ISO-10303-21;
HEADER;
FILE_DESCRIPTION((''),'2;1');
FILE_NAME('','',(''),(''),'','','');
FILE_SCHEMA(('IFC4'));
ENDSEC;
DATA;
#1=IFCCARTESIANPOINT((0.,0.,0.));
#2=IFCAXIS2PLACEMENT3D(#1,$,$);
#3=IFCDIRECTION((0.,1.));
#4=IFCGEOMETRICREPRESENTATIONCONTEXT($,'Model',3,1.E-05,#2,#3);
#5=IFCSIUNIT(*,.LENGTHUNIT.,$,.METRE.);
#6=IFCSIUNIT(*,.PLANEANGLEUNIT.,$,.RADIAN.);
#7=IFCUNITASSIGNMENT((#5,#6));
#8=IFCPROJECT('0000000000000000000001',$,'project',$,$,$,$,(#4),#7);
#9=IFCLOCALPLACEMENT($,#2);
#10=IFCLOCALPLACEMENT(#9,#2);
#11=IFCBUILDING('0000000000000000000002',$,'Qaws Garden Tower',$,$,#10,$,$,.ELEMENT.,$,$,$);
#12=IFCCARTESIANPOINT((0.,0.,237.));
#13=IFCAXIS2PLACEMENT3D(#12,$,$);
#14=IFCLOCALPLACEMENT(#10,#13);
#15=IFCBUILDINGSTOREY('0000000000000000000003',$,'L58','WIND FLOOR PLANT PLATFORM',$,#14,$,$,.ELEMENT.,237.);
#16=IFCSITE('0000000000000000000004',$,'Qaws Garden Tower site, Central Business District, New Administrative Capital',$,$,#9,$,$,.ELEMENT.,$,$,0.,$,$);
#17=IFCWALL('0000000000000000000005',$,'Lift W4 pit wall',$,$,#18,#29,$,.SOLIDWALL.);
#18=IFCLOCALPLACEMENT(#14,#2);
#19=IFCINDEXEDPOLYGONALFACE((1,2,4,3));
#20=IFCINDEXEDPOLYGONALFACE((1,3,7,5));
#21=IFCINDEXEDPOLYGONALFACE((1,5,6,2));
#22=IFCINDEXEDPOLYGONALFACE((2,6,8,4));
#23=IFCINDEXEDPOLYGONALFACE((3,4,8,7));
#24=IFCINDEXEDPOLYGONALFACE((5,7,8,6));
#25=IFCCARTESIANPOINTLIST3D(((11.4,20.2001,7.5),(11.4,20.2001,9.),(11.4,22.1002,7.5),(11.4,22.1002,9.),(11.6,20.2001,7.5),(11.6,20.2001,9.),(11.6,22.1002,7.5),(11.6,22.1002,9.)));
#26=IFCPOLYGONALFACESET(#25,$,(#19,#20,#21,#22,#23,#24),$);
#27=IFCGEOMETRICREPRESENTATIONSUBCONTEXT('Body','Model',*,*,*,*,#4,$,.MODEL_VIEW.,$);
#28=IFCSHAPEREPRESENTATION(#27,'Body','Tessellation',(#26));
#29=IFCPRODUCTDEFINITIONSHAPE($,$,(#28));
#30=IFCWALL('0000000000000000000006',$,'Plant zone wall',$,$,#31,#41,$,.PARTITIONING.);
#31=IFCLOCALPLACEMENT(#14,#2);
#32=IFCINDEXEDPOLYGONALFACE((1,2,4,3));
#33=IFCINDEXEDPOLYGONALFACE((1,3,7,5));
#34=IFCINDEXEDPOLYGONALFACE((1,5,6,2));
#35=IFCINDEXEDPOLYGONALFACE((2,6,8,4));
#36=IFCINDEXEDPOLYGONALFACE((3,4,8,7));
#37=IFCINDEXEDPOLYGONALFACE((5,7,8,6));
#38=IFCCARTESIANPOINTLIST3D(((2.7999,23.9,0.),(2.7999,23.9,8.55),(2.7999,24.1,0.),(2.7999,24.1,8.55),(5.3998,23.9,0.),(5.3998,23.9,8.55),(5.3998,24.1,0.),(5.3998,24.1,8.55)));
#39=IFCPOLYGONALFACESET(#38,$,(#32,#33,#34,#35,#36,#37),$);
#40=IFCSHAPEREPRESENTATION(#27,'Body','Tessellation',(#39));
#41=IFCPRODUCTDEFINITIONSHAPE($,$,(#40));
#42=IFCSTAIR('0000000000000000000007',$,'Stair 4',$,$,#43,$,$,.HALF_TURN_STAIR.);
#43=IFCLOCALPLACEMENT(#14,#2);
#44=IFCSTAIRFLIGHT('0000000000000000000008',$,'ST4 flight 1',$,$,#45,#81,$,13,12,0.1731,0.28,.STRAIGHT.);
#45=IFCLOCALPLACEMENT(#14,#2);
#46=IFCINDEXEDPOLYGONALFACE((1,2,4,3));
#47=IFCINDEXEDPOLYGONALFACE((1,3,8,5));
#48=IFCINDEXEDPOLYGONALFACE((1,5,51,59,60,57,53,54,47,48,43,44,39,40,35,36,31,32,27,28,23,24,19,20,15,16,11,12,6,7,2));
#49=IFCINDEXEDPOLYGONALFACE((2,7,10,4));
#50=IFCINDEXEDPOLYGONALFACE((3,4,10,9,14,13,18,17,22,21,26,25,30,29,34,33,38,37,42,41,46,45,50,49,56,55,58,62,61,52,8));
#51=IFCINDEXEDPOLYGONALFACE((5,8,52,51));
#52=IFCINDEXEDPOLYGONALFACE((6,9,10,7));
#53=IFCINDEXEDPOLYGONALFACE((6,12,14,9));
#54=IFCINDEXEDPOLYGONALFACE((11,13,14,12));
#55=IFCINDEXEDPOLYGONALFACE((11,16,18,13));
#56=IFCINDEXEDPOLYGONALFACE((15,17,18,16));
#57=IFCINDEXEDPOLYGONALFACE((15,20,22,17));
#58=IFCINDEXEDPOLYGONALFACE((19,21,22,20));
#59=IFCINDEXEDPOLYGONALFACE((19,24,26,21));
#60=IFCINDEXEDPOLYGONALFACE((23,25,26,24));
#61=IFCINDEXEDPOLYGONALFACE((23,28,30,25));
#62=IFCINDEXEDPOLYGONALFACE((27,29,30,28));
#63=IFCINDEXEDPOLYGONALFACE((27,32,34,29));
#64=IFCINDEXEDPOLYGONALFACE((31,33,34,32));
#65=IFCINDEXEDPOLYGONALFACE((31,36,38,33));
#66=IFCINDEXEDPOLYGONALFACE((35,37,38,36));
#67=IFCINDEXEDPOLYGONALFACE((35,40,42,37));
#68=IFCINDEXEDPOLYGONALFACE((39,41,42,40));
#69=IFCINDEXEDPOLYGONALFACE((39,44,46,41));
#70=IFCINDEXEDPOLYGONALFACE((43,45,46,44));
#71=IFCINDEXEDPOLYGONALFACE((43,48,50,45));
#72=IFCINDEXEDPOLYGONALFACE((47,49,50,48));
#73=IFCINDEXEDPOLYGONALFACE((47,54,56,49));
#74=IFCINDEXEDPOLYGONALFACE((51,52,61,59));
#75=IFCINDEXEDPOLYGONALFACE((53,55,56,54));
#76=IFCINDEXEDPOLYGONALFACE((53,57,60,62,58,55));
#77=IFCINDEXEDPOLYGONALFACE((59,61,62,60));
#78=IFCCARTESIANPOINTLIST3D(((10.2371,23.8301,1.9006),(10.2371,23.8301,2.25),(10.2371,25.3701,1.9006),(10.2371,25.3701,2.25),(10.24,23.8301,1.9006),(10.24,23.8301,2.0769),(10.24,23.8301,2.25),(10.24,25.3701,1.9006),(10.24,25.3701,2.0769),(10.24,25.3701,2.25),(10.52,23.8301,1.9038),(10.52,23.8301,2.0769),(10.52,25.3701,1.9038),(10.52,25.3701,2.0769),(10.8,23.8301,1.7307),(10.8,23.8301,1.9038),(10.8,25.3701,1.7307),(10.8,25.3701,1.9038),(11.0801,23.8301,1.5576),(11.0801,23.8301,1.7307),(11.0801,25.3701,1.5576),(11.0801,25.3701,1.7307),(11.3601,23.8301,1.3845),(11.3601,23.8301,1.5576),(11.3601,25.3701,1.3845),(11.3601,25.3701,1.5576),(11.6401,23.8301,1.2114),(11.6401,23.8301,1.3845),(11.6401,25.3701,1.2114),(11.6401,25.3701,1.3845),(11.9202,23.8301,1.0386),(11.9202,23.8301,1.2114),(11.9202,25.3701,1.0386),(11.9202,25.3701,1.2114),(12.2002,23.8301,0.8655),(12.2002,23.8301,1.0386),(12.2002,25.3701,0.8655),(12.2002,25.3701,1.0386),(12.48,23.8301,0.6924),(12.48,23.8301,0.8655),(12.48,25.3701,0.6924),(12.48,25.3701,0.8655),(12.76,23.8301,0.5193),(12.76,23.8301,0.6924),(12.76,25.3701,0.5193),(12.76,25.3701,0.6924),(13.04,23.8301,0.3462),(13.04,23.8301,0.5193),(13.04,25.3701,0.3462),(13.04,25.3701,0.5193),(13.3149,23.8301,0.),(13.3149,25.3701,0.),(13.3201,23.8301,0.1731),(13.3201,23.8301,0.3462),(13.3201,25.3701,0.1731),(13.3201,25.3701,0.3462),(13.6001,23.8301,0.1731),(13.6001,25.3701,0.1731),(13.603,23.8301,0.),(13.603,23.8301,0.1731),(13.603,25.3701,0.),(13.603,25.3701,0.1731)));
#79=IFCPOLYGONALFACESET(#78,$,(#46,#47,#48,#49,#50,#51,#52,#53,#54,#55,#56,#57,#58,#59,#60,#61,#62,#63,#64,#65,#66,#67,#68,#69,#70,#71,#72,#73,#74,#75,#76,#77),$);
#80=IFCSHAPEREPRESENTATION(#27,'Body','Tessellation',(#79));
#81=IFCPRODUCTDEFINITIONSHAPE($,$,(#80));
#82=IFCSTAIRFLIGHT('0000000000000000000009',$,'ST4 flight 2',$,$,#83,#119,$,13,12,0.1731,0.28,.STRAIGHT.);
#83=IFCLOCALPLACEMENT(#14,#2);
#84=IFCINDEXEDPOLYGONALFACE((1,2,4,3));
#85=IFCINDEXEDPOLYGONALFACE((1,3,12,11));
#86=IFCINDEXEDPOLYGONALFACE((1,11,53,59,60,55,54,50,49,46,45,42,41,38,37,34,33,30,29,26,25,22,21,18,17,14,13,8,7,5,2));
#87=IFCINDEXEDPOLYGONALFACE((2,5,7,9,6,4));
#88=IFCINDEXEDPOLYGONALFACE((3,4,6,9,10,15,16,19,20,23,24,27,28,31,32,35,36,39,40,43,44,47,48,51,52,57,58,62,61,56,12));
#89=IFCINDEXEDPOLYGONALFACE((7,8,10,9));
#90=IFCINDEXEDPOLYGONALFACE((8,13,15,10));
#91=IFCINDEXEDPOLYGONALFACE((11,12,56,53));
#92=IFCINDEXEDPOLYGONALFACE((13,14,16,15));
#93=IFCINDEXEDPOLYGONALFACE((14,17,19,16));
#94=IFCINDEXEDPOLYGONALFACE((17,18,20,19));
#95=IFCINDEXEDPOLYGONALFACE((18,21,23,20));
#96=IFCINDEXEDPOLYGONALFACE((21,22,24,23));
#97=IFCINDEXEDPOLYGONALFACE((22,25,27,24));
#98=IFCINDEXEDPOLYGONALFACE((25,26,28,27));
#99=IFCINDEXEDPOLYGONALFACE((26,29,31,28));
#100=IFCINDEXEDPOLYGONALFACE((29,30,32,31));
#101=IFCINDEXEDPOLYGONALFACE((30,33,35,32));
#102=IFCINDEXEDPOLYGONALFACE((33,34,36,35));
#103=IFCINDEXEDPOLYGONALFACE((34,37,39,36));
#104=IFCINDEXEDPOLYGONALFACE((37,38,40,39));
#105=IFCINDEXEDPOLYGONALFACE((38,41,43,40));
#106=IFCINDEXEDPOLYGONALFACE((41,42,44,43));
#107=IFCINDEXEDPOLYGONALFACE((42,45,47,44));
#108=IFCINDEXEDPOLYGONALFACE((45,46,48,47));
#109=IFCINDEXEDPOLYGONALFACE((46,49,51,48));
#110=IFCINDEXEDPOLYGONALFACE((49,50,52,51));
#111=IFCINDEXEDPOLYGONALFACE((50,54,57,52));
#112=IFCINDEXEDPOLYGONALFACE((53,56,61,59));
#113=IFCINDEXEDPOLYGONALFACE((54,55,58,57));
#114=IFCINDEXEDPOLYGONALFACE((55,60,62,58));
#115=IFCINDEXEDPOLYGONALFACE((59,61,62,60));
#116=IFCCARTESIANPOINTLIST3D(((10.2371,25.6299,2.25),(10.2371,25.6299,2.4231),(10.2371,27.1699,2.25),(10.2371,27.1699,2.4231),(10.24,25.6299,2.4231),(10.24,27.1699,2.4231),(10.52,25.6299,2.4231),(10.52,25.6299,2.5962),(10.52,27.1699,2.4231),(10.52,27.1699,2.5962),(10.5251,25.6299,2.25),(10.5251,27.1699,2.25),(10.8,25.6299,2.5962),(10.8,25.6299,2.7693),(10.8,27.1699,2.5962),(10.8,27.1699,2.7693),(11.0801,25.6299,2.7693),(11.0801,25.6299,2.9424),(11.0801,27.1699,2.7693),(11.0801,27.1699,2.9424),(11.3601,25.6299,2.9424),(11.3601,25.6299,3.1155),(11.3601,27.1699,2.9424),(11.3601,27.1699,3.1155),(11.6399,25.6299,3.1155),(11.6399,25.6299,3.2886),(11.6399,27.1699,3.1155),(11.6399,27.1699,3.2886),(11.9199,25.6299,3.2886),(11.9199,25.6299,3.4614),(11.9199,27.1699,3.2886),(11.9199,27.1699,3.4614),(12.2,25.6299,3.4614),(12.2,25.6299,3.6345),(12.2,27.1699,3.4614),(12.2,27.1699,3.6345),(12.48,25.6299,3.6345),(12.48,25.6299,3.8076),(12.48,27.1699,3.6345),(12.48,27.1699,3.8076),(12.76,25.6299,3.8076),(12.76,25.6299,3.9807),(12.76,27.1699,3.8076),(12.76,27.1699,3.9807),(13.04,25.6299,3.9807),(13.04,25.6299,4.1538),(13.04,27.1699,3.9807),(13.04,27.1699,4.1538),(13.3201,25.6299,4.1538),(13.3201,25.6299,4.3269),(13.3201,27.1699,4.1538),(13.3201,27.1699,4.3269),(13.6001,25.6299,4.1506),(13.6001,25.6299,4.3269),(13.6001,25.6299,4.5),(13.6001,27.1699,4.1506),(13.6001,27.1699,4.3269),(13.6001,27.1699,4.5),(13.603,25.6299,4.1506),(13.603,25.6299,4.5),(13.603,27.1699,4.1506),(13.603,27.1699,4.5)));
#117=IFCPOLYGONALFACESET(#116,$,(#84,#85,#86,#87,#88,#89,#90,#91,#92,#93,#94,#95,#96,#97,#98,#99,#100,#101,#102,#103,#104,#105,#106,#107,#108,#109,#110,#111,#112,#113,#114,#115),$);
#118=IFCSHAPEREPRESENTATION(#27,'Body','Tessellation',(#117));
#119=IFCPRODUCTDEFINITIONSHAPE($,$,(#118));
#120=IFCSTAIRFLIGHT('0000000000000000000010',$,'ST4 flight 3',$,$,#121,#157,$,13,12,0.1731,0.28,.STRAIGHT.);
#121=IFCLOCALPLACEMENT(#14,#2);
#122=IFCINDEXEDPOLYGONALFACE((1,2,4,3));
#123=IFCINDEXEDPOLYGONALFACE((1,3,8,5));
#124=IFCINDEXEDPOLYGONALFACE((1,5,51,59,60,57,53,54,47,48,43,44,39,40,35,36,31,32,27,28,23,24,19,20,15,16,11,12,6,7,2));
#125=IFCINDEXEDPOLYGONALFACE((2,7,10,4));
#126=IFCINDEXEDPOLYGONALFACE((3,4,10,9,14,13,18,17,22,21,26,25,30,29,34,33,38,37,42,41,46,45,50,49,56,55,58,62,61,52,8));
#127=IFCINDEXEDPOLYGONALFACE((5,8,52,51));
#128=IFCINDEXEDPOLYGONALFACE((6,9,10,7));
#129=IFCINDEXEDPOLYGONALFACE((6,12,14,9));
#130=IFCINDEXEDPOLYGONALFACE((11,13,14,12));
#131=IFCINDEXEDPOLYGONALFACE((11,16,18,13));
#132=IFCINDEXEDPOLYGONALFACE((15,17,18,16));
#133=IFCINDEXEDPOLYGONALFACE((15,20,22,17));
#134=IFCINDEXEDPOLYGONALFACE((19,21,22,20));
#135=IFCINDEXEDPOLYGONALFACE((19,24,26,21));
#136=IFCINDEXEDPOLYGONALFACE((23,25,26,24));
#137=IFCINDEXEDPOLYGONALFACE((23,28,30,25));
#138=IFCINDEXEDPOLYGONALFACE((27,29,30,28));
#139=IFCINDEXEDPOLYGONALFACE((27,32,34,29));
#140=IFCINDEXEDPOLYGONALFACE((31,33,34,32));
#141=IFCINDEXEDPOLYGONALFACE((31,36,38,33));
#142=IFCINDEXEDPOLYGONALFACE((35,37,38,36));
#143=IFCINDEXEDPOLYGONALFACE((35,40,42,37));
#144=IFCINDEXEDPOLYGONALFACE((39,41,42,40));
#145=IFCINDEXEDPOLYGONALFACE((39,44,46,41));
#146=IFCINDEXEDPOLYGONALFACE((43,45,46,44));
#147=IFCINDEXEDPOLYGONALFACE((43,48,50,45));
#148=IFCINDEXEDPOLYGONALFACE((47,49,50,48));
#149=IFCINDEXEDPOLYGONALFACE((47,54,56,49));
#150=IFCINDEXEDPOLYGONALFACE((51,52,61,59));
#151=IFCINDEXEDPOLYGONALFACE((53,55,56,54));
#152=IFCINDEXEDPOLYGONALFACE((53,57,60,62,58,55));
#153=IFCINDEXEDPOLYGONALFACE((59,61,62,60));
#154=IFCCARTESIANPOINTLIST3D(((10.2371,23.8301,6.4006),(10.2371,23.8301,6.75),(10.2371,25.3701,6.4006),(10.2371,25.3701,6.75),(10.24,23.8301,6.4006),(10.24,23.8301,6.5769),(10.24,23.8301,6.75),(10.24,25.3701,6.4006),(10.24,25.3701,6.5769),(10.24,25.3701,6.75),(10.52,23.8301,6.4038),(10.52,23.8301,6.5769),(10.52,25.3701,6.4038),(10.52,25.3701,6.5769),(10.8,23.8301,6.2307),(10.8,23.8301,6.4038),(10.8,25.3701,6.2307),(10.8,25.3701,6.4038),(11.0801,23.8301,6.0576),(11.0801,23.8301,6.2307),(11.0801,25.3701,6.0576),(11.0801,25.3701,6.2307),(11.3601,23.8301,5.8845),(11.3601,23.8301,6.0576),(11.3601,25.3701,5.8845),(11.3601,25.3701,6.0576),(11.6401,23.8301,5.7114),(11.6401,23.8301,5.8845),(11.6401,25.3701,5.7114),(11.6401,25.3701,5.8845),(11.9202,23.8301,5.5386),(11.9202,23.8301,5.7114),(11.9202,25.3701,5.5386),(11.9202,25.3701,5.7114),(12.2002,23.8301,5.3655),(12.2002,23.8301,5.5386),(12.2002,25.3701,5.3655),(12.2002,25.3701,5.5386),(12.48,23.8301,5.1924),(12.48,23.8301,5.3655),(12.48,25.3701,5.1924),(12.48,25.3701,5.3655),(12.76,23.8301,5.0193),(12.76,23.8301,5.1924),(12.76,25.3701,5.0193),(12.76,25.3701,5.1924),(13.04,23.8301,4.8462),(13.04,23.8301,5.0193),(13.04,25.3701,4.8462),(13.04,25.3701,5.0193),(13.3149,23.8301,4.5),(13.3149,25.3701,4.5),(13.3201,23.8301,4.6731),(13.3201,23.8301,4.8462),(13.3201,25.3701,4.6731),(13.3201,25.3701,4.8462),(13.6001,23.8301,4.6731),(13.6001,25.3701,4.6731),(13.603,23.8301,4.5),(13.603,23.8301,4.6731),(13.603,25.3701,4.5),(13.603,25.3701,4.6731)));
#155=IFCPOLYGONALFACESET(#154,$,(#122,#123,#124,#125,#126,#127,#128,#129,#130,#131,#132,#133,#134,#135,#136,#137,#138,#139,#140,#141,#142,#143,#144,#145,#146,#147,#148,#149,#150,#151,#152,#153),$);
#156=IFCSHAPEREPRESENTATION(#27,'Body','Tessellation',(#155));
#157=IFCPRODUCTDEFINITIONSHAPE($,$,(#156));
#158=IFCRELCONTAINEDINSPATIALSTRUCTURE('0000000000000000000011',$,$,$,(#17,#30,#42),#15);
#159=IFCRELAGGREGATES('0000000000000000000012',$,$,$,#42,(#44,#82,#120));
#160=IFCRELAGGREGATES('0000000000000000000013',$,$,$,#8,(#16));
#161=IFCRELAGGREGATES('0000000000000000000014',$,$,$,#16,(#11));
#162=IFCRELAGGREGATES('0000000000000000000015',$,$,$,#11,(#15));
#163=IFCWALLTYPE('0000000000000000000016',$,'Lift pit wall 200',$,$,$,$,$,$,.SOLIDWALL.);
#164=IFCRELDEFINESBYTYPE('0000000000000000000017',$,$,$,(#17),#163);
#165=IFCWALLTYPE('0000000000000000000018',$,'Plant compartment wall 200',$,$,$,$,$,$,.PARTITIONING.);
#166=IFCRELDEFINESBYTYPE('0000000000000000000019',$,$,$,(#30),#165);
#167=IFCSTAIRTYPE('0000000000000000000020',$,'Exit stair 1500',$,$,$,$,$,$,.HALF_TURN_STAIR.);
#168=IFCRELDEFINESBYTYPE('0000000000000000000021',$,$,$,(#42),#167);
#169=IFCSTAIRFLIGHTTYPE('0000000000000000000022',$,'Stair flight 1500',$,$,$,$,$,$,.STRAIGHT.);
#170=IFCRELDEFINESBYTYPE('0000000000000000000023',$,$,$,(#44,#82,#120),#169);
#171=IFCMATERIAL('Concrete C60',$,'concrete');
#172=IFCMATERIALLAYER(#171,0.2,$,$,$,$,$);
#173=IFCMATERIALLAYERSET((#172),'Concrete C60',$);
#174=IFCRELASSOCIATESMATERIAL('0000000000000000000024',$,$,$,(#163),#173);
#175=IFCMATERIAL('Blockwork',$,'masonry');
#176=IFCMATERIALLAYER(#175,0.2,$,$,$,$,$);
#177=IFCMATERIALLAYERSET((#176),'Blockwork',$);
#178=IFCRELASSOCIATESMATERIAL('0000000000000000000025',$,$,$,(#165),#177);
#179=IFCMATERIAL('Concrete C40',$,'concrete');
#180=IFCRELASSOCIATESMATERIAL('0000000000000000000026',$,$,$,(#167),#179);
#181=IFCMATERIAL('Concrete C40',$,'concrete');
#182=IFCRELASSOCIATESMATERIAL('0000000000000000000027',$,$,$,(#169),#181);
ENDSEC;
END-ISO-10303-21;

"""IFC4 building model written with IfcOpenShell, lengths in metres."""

from ifc_helpers import new_model, si_unit, direction, frame, frame_2d, origin, place, context, subcontext, project, spatial, polyline, rectangle, outline, extrude, material, layer, layer_set, type_object, element, aggregate, save


model = new_model("IFC4")

# Units and contexts
model_context = context("Model", 3, precision=1e-05, world=origin(), true_north=direction((0.0, 1.0)))
body_context = subcontext(model_context, "Body", "Model", "MODEL_VIEW")
ifc_project = project(units=[si_unit("LENGTHUNIT", "METRE"), si_unit("PLANEANGLEUNIT", "RADIAN")], contexts=[model_context])

# Site, building, storey
site_placement = place(None, origin())
site = spatial("IfcSite", under=ifc_project, at=site_placement, Name="Qaws Garden Tower site, Central Business District, New Administrative Capital", CompositionType="ELEMENT", RefElevation=0.0)
building_placement = place(site_placement, origin())
building = spatial("IfcBuilding", under=site, at=building_placement, Name="Qaws Garden Tower", CompositionType="ELEMENT")
storey_placement = place(building_placement, frame((0.0, 0.0, 237.0)))
storey = spatial("IfcBuildingStorey", under=building, at=storey_placement, Name="L58", Description="WIND FLOOR PLANT PLATFORM", CompositionType="ELEMENT", Elevation=237.0)

# Walls
ifc_material_1 = material(Name="Concrete C60", Category="concrete")
ifc_layer_1 = layer(ifc_material_1, 0.2)
ifc_layer_set_1 = layer_set([ifc_layer_1], Name="Concrete C60")
wall_type_1 = type_object("IfcWallType", Name="Lift pit wall 200", PredefinedType="SOLIDWALL", material=ifc_layer_set_1)
wall_1_placement = place(storey_placement, frame((11.5, 20.2, 7.5), z_axis=(0.0, 0.0, 1.0), x_axis=(0.0, 1.0, 0.0)))
element("IfcWall", 1, at=wall_1_placement, inside=storey, type_object=wall_type_1, Name="Lift W4 pit wall", PredefinedType="SOLIDWALL", context=body_context, shape_type="SweptSolid", body=[
    extrude(rectangle(XDim=1.9001, YDim=0.2, at=frame_2d((0.9502, 0.0))), origin(), (0.0, 0.0, 1.0), 1.5),
])
ifc_material_2 = material(Name="Blockwork", Category="masonry")
ifc_layer_2 = layer(ifc_material_2, 0.2)
ifc_layer_set_2 = layer_set([ifc_layer_2], Name="Blockwork")
wall_type_2 = type_object("IfcWallType", Name="Plant compartment wall 200", PredefinedType="PARTITIONING", material=ifc_layer_set_2)
wall_2_placement = place(storey_placement, frame((2.8, 24.0, 0.0), z_axis=(0.0, 0.0, 1.0), x_axis=(1.0, 0.0, 0.0)))
element("IfcWall", 2, at=wall_2_placement, inside=storey, type_object=wall_type_2, Name="Plant zone wall", PredefinedType="PARTITIONING", context=body_context, shape_type="SweptSolid", body=[
    extrude(rectangle(XDim=2.5999, YDim=0.2, at=frame_2d((1.2998, 0.0))), origin(), (0.0, 0.0, 1.0), 8.55),
])

# Stair, stair flights
ifc_material_3 = material(Name="Concrete C40", Category="concrete")
stair_type = type_object("IfcStairType", Name="Exit stair 1500", PredefinedType="HALF_TURN_STAIR", material=ifc_material_3)
stair_placement = place(storey_placement, origin())
stair = element("IfcStair", 3, at=stair_placement, inside=storey, type_object=stair_type, Name="Stair 4", PredefinedType="HALF_TURN_STAIR")
ifc_material_4 = material(Name="Concrete C40", Category="concrete")
stair_flight_type = type_object("IfcStairFlightType", Name="Stair flight 1500", PredefinedType="STRAIGHT", material=ifc_material_4)
stair_flight_1_placement = place(storey_placement, frame((13.6001, 24.6001, 0.0), z_axis=(0.0, 0.0, 1.0), x_axis=(-1.0, 0.0, 0.0)))
stair_flight_1 = element("IfcStairFlight", 4, at=stair_flight_1_placement, type_object=stair_flight_type, Name="ST4 flight 1", NumberOfRisers=13, NumberOfTreads=12, PredefinedType="STRAIGHT", RiserHeight=0.1731, TreadLength=0.28, context=body_context, shape_type="SweptSolid", body=[
    extrude(outline(polyline([(-0.0029, 0.0), (-0.0029, 0.1731), (0.0, 0.1731), (0.28, 0.1731), (0.28, 0.3462), (0.5601, 0.3462), (0.5601, 0.5193), (0.8401, 0.5193), (0.8401, 0.6924), (1.1201, 0.6924), (1.1201, 0.8655), (1.3999, 0.8655), (1.3999, 1.0386), (1.6799, 1.0386), (1.6799, 1.2114), (1.96, 1.2114), (1.96, 1.3845), (2.24, 1.3845), (2.24, 1.5576), (2.52, 1.5576), (2.52, 1.7307), (2.8, 1.7307), (2.8, 1.9038), (3.0801, 1.9038), (3.0801, 2.0769), (3.3601, 2.0769), (3.3601, 2.25), (3.363, 2.25), (3.363, 1.9006), (3.3601, 1.9006), (0.2852, 0.0), (-0.0029, 0.0)])), frame((0.0, 0.77, 0.0), z_axis=(0.0, -1.0, 0.0), x_axis=(1.0, 0.0, 0.0)), (0.0, 0.0, 1.0), 1.54),
])
stair_flight_2_placement = place(storey_placement, frame((10.24, 26.3999, 2.25), z_axis=(0.0, 0.0, 1.0), x_axis=(1.0, 0.0, 0.0)))
stair_flight_2 = element("IfcStairFlight", 5, at=stair_flight_2_placement, type_object=stair_flight_type, Name="ST4 flight 2", NumberOfRisers=13, NumberOfTreads=12, PredefinedType="STRAIGHT", RiserHeight=0.1731, TreadLength=0.28, context=body_context, shape_type="SweptSolid", body=[
    extrude(outline(polyline([(-0.0029, 0.0), (-0.0029, 0.1731), (0.0, 0.1731), (0.28, 0.1731), (0.28, 0.3462), (0.5601, 0.3462), (0.5601, 0.5193), (0.8401, 0.5193), (0.8401, 0.6924), (1.1201, 0.6924), (1.1201, 0.8655), (1.3999, 0.8655), (1.3999, 1.0386), (1.6799, 1.0386), (1.6799, 1.2114), (1.96, 1.2114), (1.96, 1.3845), (2.24, 1.3845), (2.24, 1.5576), (2.52, 1.5576), (2.52, 1.7307), (2.8, 1.7307), (2.8, 1.9038), (3.0801, 1.9038), (3.0801, 2.0769), (3.3601, 2.0769), (3.3601, 2.25), (3.363, 2.25), (3.363, 1.9006), (3.3601, 1.9006), (0.2852, 0.0), (-0.0029, 0.0)])), frame((0.0, 0.77, 0.0), z_axis=(0.0, -1.0, 0.0), x_axis=(1.0, 0.0, 0.0)), (0.0, 0.0, 1.0), 1.54),
])
stair_flight_3_placement = place(storey_placement, frame((13.6001, 24.6001, 4.5), z_axis=(0.0, 0.0, 1.0), x_axis=(-1.0, 0.0, 0.0)))
stair_flight_3 = element("IfcStairFlight", 6, at=stair_flight_3_placement, type_object=stair_flight_type, Name="ST4 flight 3", NumberOfRisers=13, NumberOfTreads=12, PredefinedType="STRAIGHT", RiserHeight=0.1731, TreadLength=0.28, context=body_context, shape_type="SweptSolid", body=[
    extrude(outline(polyline([(-0.0029, 0.0), (-0.0029, 0.1731), (0.0, 0.1731), (0.28, 0.1731), (0.28, 0.3462), (0.5601, 0.3462), (0.5601, 0.5193), (0.8401, 0.5193), (0.8401, 0.6924), (1.1201, 0.6924), (1.1201, 0.8655), (1.3999, 0.8655), (1.3999, 1.0386), (1.6799, 1.0386), (1.6799, 1.2114), (1.96, 1.2114), (1.96, 1.3845), (2.24, 1.3845), (2.24, 1.5576), (2.52, 1.5576), (2.52, 1.7307), (2.8, 1.7307), (2.8, 1.9038), (3.0801, 1.9038), (3.0801, 2.0769), (3.3601, 2.0769), (3.3601, 2.25), (3.363, 2.25), (3.363, 1.9006), (3.3601, 1.9006), (0.2852, 0.0), (-0.0029, 0.0)])), frame((0.0, 0.77, 0.0), z_axis=(0.0, -1.0, 0.0), x_axis=(1.0, 0.0, 0.0)), (0.0, 0.0, 1.0), 1.54),
])
aggregate(stair, [stair_flight_1, stair_flight_2, stair_flight_3])

save(model, "model.ifc")
